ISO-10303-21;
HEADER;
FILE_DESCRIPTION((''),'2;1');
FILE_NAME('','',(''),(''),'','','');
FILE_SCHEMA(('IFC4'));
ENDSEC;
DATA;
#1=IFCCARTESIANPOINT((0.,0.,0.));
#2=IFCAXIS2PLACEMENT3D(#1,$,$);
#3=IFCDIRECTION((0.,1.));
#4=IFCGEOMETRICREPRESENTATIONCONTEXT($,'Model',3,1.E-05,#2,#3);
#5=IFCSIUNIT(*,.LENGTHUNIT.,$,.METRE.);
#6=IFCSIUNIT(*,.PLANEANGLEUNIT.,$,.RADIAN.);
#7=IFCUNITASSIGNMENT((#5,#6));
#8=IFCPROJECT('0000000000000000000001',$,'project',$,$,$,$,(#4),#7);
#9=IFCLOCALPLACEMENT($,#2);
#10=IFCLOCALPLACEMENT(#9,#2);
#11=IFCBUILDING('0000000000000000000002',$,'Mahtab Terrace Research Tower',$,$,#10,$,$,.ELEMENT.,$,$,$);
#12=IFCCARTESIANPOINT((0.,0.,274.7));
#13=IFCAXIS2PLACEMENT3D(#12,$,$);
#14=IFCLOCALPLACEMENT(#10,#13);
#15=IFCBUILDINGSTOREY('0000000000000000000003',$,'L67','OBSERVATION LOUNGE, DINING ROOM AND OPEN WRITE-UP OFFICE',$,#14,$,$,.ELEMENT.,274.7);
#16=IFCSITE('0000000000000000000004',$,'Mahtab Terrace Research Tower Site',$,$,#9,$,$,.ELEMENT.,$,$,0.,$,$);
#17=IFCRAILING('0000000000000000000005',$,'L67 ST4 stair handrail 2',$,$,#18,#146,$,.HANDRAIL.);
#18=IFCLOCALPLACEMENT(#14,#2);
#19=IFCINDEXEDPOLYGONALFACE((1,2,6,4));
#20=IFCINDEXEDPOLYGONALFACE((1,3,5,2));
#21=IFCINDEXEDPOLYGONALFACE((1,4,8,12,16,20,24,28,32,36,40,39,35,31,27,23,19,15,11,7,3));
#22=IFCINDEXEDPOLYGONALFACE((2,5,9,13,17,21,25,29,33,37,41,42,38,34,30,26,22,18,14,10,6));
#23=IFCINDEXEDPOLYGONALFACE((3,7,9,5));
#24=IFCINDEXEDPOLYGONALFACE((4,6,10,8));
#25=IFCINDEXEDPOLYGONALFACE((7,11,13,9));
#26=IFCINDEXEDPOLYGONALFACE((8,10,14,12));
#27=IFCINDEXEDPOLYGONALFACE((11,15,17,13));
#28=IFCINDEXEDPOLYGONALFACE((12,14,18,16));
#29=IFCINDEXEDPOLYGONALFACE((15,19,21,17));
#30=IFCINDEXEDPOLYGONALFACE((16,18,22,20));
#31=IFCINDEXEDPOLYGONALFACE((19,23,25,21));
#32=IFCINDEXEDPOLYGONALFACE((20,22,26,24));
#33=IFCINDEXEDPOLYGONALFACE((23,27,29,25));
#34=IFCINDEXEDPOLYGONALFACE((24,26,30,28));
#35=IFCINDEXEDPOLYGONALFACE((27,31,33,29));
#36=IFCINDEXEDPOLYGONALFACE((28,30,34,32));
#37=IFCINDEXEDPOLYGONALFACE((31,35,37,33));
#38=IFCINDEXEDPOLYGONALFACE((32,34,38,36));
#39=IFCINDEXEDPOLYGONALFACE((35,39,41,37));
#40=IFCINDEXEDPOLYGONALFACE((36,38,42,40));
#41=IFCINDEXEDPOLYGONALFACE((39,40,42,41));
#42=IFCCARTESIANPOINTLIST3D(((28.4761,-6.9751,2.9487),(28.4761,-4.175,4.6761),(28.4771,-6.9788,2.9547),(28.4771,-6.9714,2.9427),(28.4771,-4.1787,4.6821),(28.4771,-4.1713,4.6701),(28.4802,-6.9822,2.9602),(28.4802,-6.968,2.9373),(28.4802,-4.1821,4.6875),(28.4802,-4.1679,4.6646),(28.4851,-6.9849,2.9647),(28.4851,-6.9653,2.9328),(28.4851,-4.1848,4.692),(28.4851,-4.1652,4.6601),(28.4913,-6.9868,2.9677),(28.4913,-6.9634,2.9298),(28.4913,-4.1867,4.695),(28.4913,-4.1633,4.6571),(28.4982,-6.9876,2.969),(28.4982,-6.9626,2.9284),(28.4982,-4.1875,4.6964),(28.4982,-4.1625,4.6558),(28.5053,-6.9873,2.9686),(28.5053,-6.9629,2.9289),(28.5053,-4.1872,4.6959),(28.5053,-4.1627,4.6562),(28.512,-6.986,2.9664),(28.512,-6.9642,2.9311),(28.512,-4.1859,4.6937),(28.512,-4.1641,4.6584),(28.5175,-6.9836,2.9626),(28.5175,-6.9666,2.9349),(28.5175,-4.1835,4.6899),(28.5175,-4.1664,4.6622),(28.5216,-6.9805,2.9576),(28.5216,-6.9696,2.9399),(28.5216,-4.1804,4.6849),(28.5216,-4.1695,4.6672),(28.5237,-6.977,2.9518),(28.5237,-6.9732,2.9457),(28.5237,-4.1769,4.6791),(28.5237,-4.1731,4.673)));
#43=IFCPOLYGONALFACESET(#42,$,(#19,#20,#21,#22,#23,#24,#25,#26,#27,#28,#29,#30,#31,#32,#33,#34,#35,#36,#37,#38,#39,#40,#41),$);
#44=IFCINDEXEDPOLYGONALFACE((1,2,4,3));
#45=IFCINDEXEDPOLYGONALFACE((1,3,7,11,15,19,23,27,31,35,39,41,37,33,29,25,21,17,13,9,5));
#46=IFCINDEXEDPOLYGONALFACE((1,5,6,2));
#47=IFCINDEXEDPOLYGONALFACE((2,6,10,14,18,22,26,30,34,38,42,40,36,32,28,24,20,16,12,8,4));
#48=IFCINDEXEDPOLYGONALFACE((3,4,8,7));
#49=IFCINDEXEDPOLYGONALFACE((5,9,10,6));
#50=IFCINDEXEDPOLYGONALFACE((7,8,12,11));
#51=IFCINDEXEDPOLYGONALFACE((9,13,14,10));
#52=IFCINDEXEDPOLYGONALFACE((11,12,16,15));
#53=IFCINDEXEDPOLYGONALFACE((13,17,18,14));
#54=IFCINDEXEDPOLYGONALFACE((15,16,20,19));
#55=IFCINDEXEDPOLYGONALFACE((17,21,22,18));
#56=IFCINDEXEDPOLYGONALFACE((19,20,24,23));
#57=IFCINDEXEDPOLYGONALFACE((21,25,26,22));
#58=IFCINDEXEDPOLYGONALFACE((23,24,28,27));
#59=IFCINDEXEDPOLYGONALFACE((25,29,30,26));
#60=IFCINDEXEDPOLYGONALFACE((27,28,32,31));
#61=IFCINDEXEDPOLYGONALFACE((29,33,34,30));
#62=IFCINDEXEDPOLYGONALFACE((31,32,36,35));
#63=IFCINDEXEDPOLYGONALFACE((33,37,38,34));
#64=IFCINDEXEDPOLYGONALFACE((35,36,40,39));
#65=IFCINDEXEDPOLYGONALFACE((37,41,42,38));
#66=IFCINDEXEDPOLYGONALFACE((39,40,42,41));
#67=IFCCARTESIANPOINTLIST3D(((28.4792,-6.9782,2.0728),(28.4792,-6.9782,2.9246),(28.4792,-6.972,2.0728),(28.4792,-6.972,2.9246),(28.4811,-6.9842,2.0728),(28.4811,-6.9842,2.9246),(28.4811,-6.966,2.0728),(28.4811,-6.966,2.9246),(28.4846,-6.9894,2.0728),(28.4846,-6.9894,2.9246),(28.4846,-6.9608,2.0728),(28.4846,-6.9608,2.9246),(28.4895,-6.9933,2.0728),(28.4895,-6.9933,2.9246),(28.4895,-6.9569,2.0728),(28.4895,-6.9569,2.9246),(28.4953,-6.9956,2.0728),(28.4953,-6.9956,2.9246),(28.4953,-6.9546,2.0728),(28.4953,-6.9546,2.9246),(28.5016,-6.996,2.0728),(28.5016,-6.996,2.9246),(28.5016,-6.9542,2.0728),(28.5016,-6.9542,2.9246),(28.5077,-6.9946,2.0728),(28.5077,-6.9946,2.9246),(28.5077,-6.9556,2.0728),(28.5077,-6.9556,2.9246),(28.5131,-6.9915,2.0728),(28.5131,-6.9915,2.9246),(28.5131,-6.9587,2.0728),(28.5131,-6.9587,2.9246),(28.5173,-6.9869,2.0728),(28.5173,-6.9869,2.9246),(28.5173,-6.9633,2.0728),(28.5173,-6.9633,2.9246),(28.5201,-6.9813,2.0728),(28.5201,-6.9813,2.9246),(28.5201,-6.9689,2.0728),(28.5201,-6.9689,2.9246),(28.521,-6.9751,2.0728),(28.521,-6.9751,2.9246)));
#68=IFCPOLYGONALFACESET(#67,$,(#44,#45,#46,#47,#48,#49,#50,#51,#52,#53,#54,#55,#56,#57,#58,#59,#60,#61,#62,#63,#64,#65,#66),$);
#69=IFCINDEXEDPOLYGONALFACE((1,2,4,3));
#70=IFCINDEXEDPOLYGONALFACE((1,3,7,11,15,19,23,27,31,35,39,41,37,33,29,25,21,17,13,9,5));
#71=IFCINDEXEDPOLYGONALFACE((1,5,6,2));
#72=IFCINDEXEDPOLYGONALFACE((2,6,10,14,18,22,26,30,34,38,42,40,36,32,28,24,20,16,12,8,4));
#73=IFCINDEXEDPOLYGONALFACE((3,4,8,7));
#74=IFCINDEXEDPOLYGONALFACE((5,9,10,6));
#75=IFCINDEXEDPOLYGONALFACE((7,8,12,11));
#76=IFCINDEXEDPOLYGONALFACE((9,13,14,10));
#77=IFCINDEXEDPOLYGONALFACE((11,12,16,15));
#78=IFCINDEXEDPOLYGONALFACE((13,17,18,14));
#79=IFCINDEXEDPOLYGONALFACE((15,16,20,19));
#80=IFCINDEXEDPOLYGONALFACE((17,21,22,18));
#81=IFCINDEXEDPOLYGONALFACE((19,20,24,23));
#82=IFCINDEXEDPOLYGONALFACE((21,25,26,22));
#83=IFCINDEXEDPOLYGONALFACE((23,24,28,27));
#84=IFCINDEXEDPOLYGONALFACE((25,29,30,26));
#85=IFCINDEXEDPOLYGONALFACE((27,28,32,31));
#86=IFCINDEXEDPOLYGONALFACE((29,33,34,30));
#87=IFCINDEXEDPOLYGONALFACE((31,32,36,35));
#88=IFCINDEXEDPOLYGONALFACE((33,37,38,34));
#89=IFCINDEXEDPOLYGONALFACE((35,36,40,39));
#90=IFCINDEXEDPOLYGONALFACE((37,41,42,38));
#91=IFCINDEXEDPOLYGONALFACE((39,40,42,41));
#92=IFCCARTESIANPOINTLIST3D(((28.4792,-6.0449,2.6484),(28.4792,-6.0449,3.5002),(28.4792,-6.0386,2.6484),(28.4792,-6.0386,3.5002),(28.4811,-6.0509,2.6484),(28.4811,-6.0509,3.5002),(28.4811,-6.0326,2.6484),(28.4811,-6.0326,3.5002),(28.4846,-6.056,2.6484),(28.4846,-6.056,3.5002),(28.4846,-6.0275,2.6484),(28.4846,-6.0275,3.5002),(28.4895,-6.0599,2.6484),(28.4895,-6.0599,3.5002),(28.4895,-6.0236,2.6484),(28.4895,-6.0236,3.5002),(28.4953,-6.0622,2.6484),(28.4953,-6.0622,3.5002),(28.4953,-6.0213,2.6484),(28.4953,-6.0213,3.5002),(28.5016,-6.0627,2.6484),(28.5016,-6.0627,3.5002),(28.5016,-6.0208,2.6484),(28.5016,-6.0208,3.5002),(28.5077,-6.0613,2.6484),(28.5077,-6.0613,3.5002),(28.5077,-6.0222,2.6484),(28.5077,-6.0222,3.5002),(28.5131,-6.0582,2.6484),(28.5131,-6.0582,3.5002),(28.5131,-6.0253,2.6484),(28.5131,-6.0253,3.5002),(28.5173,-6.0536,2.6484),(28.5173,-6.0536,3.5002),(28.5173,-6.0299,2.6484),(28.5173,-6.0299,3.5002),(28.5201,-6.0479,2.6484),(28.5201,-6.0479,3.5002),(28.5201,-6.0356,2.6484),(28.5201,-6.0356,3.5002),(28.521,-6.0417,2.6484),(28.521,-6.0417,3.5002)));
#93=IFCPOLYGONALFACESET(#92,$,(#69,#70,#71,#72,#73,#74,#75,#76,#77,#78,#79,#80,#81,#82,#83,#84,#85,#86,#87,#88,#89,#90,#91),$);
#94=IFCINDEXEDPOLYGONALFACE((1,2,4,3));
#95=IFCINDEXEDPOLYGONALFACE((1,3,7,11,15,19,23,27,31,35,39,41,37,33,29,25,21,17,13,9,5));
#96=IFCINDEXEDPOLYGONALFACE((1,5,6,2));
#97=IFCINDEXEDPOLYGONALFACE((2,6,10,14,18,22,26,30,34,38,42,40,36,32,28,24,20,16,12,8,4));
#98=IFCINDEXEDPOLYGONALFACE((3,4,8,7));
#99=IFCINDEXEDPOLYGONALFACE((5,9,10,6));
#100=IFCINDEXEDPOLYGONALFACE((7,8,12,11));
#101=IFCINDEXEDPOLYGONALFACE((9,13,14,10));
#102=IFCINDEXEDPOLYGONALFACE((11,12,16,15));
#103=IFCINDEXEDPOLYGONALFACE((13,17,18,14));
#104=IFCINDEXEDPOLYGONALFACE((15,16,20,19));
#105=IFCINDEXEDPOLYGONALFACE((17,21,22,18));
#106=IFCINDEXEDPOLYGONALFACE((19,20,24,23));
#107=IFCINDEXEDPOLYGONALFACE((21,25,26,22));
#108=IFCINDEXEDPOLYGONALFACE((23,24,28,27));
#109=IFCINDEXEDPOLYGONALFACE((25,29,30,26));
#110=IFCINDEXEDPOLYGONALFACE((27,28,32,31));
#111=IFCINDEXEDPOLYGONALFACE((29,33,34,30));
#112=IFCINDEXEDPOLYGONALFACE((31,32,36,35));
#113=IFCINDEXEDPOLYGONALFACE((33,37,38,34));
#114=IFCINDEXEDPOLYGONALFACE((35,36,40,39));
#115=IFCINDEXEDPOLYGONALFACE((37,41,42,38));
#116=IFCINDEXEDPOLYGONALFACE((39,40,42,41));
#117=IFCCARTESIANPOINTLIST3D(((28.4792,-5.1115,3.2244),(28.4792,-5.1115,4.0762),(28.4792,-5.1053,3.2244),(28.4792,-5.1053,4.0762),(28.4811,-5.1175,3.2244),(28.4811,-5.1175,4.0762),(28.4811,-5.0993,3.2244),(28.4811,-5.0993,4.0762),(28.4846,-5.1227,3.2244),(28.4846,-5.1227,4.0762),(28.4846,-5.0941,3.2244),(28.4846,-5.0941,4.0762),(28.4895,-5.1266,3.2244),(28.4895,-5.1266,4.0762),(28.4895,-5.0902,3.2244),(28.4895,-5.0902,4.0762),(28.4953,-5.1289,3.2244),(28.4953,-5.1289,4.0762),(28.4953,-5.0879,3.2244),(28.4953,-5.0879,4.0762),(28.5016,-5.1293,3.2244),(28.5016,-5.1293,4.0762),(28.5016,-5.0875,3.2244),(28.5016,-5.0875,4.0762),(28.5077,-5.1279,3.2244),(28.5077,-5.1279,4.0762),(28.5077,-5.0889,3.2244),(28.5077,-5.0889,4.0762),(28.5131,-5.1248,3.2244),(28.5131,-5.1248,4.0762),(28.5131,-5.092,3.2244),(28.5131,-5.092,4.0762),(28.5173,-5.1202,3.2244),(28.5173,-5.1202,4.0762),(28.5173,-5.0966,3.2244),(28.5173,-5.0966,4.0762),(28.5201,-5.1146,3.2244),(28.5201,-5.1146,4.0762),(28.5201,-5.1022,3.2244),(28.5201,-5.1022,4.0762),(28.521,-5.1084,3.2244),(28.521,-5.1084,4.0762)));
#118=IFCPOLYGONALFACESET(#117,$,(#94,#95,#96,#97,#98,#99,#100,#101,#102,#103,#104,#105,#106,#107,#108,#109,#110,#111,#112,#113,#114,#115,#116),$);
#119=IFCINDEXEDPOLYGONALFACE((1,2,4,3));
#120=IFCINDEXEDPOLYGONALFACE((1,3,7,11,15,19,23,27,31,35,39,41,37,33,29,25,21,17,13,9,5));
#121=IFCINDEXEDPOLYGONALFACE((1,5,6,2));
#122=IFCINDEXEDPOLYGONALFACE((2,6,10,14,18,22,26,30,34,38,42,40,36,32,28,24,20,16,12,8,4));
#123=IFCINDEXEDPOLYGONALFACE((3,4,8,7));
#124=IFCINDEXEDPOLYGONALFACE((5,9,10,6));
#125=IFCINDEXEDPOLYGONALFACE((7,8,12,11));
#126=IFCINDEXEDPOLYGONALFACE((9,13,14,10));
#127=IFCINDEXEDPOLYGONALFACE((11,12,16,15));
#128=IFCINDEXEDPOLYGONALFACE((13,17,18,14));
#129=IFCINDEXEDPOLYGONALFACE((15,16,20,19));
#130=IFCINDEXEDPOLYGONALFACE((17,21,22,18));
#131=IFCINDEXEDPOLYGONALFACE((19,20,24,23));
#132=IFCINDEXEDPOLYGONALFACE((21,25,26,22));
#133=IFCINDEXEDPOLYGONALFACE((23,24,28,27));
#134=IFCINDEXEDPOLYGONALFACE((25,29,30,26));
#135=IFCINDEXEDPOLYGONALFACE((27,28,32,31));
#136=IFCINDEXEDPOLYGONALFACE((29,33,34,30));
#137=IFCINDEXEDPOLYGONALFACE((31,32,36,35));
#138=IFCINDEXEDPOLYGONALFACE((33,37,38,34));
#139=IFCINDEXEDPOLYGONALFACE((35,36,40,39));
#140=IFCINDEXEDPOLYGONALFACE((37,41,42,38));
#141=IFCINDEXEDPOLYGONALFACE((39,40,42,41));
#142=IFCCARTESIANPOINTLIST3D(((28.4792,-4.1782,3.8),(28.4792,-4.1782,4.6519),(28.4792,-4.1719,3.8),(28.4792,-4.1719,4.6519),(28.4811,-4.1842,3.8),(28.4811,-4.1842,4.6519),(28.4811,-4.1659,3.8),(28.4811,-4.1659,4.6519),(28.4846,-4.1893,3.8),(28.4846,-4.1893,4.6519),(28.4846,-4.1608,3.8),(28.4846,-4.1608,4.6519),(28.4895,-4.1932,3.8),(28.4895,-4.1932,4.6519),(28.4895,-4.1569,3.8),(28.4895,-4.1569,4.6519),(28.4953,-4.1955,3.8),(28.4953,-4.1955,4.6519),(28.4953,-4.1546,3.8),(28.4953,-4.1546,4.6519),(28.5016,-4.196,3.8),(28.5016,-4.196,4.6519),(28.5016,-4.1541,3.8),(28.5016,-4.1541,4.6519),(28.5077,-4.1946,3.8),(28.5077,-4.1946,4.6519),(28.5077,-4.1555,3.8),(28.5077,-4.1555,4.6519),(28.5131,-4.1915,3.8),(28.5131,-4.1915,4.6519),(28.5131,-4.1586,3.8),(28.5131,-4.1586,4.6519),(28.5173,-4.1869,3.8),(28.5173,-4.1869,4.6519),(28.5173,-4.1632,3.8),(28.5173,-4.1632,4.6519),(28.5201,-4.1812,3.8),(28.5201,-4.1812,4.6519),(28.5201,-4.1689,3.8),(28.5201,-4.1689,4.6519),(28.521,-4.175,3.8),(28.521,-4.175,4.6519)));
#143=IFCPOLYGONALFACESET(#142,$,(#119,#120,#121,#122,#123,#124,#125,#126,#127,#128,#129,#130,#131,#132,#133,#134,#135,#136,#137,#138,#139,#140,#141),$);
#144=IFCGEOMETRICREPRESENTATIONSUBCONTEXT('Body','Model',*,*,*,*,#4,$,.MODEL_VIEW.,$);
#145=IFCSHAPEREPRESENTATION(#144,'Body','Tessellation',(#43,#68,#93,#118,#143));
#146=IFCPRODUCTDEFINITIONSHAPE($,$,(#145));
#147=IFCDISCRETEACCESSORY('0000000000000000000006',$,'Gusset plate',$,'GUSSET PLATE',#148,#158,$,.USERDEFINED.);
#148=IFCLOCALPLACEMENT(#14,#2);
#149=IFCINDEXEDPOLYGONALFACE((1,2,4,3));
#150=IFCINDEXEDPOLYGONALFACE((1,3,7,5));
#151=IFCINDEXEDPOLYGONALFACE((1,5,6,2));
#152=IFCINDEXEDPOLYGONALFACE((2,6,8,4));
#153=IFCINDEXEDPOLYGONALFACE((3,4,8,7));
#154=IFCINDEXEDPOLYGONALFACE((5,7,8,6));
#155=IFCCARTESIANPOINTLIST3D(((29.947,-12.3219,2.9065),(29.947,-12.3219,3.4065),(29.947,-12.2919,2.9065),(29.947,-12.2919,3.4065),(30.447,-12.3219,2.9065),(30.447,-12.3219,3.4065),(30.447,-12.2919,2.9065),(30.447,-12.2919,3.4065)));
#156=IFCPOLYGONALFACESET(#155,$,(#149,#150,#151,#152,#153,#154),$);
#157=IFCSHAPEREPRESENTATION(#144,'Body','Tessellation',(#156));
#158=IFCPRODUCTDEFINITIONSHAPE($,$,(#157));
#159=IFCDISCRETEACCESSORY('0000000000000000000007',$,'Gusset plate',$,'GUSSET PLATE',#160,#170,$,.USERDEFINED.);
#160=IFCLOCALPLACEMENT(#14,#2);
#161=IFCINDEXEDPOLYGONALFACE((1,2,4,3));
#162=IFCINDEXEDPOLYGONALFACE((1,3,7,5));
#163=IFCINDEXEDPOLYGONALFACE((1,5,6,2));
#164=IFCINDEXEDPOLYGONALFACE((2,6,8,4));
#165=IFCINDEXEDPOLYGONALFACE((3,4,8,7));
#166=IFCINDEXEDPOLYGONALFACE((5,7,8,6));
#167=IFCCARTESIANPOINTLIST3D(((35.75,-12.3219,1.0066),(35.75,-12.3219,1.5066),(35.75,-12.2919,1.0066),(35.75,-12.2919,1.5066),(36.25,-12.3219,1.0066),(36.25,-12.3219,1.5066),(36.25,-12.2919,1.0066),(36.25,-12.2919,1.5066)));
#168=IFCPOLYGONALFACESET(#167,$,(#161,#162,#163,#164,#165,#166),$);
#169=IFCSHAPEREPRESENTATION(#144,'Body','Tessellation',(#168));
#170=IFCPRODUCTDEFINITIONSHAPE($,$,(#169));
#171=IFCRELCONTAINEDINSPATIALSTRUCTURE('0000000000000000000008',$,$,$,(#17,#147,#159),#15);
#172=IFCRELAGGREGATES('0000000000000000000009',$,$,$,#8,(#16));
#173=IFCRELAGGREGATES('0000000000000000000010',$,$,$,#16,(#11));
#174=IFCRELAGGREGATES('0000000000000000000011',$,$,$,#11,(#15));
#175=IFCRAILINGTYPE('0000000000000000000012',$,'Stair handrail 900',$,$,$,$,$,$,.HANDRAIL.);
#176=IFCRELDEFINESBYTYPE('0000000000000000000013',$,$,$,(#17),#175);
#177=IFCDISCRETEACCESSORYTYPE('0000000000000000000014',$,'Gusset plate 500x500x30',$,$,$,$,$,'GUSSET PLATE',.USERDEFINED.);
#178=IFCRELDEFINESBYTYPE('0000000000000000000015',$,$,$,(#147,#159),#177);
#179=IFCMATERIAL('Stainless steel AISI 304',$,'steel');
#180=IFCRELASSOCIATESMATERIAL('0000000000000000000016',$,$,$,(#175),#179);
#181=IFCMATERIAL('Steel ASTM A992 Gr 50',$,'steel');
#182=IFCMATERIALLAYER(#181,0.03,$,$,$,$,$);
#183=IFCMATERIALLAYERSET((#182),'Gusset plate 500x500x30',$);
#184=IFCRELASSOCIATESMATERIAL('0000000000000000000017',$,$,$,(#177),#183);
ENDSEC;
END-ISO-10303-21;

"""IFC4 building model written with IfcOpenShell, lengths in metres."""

from ifc_helpers import new_model, si_unit, direction, frame, origin, origin_2d, place, context, subcontext, project, spatial, rectangle, circle, extrude, material, layer, layer_set, type_object, element, save


model = new_model("IFC4")

# Units and contexts
model_context = context("Model", 3, precision=1e-05, world=origin(), true_north=direction((0.0, 1.0)))
body_context = subcontext(model_context, "Body", "Model", "MODEL_VIEW")
ifc_project = project(units=[si_unit("LENGTHUNIT", "METRE"), si_unit("PLANEANGLEUNIT", "RADIAN")], contexts=[model_context])

# Site, building, storey
site_placement = place(None, origin())
site = spatial("IfcSite", under=ifc_project, at=site_placement, Name="Mahtab Terrace Research Tower Site", CompositionType="ELEMENT", RefElevation=0.0)
building_placement = place(site_placement, origin())
building = spatial("IfcBuilding", under=site, at=building_placement, Name="Mahtab Terrace Research Tower", CompositionType="ELEMENT")
storey_placement = place(building_placement, frame((0.0, 0.0, 274.7)))
storey = spatial("IfcBuildingStorey", under=building, at=storey_placement, Name="L67", Description="OBSERVATION LOUNGE, DINING ROOM AND OPEN WRITE-UP OFFICE", CompositionType="ELEMENT", Elevation=274.7)

# Shared definitions
ifc_material_1 = material(Name="Steel ASTM A992 Gr 50", Category="steel")

# Railing
ifc_material_2 = material(Name="Stainless steel AISI 304", Category="steel")
railing_type_1 = type_object("IfcRailingType", Name="Stair handrail 900", PredefinedType="HANDRAIL", material=ifc_material_2)
railing_1_placement = place(storey_placement, frame((28.5, -6.9751, 2.0728)))
element("IfcRailing", 1, at=railing_1_placement, inside=storey, type_object=railing_type_1, Name="L67 ST4 stair handrail 2", PredefinedType="HANDRAIL", context=body_context, shape_type="SweptSolid", body=[
    extrude(circle(Radius=0.0239, at=origin_2d()), frame((0.0, 0.0, 0.876), z_axis=(0.0, 0.85109, 0.52502), x_axis=(-1.0, 0.0, 0.0)), (0.0, 0.0, 1.0), 3.29),
    extrude(circle(Radius=0.021, at=origin_2d()), origin(), (0.0, 0.0, 1.0), 0.8518),
    extrude(circle(Radius=0.021, at=origin_2d()), frame((0.0, 0.9333, 0.5757)), (0.0, 0.0, 1.0), 0.8518),
    extrude(circle(Radius=0.021, at=origin_2d()), frame((0.0, 1.8667, 1.1516)), (0.0, 0.0, 1.0), 0.8518),
    extrude(circle(Radius=0.021, at=origin_2d()), frame((0.0, 2.8, 1.7273)), (0.0, 0.0, 1.0), 0.8518),
])

# Discrete accessories
ifc_layer_1 = layer(ifc_material_1, 0.03)
ifc_layer_set_1 = layer_set([ifc_layer_1], Name="Gusset plate 500x500x30")
discrete_accessory_type = type_object("IfcDiscreteAccessoryType", Name="Gusset plate 500x500x30", ElementType="GUSSET PLATE", PredefinedType="USERDEFINED", material=ifc_layer_set_1)
for number, where, z_axis, x_axis, name in (
    (2, (30.197, -12.3069, 2.9065), (0.0, 0.0, 1.0), (1.0, 0.0, 0.0), "Gusset plate"),
    (3, (36.0, -12.3069, 1.0066), (0.0, 0.0, 1.0), (1.0, 0.0, 0.0), "Gusset plate"),
):
    element("IfcDiscreteAccessory", number, at=place(storey_placement, frame(where, z_axis=z_axis, x_axis=x_axis)), inside=storey, type_object=discrete_accessory_type, Name=name, ObjectType="GUSSET PLATE", PredefinedType="USERDEFINED", context=body_context, shape_type="SweptSolid", body=[
        extrude(rectangle(XDim=0.5, YDim=0.03, at=origin_2d()), origin(), (0.0, 0.0, 1.0), 0.5),
    ])

save(model, "model.ifc")
